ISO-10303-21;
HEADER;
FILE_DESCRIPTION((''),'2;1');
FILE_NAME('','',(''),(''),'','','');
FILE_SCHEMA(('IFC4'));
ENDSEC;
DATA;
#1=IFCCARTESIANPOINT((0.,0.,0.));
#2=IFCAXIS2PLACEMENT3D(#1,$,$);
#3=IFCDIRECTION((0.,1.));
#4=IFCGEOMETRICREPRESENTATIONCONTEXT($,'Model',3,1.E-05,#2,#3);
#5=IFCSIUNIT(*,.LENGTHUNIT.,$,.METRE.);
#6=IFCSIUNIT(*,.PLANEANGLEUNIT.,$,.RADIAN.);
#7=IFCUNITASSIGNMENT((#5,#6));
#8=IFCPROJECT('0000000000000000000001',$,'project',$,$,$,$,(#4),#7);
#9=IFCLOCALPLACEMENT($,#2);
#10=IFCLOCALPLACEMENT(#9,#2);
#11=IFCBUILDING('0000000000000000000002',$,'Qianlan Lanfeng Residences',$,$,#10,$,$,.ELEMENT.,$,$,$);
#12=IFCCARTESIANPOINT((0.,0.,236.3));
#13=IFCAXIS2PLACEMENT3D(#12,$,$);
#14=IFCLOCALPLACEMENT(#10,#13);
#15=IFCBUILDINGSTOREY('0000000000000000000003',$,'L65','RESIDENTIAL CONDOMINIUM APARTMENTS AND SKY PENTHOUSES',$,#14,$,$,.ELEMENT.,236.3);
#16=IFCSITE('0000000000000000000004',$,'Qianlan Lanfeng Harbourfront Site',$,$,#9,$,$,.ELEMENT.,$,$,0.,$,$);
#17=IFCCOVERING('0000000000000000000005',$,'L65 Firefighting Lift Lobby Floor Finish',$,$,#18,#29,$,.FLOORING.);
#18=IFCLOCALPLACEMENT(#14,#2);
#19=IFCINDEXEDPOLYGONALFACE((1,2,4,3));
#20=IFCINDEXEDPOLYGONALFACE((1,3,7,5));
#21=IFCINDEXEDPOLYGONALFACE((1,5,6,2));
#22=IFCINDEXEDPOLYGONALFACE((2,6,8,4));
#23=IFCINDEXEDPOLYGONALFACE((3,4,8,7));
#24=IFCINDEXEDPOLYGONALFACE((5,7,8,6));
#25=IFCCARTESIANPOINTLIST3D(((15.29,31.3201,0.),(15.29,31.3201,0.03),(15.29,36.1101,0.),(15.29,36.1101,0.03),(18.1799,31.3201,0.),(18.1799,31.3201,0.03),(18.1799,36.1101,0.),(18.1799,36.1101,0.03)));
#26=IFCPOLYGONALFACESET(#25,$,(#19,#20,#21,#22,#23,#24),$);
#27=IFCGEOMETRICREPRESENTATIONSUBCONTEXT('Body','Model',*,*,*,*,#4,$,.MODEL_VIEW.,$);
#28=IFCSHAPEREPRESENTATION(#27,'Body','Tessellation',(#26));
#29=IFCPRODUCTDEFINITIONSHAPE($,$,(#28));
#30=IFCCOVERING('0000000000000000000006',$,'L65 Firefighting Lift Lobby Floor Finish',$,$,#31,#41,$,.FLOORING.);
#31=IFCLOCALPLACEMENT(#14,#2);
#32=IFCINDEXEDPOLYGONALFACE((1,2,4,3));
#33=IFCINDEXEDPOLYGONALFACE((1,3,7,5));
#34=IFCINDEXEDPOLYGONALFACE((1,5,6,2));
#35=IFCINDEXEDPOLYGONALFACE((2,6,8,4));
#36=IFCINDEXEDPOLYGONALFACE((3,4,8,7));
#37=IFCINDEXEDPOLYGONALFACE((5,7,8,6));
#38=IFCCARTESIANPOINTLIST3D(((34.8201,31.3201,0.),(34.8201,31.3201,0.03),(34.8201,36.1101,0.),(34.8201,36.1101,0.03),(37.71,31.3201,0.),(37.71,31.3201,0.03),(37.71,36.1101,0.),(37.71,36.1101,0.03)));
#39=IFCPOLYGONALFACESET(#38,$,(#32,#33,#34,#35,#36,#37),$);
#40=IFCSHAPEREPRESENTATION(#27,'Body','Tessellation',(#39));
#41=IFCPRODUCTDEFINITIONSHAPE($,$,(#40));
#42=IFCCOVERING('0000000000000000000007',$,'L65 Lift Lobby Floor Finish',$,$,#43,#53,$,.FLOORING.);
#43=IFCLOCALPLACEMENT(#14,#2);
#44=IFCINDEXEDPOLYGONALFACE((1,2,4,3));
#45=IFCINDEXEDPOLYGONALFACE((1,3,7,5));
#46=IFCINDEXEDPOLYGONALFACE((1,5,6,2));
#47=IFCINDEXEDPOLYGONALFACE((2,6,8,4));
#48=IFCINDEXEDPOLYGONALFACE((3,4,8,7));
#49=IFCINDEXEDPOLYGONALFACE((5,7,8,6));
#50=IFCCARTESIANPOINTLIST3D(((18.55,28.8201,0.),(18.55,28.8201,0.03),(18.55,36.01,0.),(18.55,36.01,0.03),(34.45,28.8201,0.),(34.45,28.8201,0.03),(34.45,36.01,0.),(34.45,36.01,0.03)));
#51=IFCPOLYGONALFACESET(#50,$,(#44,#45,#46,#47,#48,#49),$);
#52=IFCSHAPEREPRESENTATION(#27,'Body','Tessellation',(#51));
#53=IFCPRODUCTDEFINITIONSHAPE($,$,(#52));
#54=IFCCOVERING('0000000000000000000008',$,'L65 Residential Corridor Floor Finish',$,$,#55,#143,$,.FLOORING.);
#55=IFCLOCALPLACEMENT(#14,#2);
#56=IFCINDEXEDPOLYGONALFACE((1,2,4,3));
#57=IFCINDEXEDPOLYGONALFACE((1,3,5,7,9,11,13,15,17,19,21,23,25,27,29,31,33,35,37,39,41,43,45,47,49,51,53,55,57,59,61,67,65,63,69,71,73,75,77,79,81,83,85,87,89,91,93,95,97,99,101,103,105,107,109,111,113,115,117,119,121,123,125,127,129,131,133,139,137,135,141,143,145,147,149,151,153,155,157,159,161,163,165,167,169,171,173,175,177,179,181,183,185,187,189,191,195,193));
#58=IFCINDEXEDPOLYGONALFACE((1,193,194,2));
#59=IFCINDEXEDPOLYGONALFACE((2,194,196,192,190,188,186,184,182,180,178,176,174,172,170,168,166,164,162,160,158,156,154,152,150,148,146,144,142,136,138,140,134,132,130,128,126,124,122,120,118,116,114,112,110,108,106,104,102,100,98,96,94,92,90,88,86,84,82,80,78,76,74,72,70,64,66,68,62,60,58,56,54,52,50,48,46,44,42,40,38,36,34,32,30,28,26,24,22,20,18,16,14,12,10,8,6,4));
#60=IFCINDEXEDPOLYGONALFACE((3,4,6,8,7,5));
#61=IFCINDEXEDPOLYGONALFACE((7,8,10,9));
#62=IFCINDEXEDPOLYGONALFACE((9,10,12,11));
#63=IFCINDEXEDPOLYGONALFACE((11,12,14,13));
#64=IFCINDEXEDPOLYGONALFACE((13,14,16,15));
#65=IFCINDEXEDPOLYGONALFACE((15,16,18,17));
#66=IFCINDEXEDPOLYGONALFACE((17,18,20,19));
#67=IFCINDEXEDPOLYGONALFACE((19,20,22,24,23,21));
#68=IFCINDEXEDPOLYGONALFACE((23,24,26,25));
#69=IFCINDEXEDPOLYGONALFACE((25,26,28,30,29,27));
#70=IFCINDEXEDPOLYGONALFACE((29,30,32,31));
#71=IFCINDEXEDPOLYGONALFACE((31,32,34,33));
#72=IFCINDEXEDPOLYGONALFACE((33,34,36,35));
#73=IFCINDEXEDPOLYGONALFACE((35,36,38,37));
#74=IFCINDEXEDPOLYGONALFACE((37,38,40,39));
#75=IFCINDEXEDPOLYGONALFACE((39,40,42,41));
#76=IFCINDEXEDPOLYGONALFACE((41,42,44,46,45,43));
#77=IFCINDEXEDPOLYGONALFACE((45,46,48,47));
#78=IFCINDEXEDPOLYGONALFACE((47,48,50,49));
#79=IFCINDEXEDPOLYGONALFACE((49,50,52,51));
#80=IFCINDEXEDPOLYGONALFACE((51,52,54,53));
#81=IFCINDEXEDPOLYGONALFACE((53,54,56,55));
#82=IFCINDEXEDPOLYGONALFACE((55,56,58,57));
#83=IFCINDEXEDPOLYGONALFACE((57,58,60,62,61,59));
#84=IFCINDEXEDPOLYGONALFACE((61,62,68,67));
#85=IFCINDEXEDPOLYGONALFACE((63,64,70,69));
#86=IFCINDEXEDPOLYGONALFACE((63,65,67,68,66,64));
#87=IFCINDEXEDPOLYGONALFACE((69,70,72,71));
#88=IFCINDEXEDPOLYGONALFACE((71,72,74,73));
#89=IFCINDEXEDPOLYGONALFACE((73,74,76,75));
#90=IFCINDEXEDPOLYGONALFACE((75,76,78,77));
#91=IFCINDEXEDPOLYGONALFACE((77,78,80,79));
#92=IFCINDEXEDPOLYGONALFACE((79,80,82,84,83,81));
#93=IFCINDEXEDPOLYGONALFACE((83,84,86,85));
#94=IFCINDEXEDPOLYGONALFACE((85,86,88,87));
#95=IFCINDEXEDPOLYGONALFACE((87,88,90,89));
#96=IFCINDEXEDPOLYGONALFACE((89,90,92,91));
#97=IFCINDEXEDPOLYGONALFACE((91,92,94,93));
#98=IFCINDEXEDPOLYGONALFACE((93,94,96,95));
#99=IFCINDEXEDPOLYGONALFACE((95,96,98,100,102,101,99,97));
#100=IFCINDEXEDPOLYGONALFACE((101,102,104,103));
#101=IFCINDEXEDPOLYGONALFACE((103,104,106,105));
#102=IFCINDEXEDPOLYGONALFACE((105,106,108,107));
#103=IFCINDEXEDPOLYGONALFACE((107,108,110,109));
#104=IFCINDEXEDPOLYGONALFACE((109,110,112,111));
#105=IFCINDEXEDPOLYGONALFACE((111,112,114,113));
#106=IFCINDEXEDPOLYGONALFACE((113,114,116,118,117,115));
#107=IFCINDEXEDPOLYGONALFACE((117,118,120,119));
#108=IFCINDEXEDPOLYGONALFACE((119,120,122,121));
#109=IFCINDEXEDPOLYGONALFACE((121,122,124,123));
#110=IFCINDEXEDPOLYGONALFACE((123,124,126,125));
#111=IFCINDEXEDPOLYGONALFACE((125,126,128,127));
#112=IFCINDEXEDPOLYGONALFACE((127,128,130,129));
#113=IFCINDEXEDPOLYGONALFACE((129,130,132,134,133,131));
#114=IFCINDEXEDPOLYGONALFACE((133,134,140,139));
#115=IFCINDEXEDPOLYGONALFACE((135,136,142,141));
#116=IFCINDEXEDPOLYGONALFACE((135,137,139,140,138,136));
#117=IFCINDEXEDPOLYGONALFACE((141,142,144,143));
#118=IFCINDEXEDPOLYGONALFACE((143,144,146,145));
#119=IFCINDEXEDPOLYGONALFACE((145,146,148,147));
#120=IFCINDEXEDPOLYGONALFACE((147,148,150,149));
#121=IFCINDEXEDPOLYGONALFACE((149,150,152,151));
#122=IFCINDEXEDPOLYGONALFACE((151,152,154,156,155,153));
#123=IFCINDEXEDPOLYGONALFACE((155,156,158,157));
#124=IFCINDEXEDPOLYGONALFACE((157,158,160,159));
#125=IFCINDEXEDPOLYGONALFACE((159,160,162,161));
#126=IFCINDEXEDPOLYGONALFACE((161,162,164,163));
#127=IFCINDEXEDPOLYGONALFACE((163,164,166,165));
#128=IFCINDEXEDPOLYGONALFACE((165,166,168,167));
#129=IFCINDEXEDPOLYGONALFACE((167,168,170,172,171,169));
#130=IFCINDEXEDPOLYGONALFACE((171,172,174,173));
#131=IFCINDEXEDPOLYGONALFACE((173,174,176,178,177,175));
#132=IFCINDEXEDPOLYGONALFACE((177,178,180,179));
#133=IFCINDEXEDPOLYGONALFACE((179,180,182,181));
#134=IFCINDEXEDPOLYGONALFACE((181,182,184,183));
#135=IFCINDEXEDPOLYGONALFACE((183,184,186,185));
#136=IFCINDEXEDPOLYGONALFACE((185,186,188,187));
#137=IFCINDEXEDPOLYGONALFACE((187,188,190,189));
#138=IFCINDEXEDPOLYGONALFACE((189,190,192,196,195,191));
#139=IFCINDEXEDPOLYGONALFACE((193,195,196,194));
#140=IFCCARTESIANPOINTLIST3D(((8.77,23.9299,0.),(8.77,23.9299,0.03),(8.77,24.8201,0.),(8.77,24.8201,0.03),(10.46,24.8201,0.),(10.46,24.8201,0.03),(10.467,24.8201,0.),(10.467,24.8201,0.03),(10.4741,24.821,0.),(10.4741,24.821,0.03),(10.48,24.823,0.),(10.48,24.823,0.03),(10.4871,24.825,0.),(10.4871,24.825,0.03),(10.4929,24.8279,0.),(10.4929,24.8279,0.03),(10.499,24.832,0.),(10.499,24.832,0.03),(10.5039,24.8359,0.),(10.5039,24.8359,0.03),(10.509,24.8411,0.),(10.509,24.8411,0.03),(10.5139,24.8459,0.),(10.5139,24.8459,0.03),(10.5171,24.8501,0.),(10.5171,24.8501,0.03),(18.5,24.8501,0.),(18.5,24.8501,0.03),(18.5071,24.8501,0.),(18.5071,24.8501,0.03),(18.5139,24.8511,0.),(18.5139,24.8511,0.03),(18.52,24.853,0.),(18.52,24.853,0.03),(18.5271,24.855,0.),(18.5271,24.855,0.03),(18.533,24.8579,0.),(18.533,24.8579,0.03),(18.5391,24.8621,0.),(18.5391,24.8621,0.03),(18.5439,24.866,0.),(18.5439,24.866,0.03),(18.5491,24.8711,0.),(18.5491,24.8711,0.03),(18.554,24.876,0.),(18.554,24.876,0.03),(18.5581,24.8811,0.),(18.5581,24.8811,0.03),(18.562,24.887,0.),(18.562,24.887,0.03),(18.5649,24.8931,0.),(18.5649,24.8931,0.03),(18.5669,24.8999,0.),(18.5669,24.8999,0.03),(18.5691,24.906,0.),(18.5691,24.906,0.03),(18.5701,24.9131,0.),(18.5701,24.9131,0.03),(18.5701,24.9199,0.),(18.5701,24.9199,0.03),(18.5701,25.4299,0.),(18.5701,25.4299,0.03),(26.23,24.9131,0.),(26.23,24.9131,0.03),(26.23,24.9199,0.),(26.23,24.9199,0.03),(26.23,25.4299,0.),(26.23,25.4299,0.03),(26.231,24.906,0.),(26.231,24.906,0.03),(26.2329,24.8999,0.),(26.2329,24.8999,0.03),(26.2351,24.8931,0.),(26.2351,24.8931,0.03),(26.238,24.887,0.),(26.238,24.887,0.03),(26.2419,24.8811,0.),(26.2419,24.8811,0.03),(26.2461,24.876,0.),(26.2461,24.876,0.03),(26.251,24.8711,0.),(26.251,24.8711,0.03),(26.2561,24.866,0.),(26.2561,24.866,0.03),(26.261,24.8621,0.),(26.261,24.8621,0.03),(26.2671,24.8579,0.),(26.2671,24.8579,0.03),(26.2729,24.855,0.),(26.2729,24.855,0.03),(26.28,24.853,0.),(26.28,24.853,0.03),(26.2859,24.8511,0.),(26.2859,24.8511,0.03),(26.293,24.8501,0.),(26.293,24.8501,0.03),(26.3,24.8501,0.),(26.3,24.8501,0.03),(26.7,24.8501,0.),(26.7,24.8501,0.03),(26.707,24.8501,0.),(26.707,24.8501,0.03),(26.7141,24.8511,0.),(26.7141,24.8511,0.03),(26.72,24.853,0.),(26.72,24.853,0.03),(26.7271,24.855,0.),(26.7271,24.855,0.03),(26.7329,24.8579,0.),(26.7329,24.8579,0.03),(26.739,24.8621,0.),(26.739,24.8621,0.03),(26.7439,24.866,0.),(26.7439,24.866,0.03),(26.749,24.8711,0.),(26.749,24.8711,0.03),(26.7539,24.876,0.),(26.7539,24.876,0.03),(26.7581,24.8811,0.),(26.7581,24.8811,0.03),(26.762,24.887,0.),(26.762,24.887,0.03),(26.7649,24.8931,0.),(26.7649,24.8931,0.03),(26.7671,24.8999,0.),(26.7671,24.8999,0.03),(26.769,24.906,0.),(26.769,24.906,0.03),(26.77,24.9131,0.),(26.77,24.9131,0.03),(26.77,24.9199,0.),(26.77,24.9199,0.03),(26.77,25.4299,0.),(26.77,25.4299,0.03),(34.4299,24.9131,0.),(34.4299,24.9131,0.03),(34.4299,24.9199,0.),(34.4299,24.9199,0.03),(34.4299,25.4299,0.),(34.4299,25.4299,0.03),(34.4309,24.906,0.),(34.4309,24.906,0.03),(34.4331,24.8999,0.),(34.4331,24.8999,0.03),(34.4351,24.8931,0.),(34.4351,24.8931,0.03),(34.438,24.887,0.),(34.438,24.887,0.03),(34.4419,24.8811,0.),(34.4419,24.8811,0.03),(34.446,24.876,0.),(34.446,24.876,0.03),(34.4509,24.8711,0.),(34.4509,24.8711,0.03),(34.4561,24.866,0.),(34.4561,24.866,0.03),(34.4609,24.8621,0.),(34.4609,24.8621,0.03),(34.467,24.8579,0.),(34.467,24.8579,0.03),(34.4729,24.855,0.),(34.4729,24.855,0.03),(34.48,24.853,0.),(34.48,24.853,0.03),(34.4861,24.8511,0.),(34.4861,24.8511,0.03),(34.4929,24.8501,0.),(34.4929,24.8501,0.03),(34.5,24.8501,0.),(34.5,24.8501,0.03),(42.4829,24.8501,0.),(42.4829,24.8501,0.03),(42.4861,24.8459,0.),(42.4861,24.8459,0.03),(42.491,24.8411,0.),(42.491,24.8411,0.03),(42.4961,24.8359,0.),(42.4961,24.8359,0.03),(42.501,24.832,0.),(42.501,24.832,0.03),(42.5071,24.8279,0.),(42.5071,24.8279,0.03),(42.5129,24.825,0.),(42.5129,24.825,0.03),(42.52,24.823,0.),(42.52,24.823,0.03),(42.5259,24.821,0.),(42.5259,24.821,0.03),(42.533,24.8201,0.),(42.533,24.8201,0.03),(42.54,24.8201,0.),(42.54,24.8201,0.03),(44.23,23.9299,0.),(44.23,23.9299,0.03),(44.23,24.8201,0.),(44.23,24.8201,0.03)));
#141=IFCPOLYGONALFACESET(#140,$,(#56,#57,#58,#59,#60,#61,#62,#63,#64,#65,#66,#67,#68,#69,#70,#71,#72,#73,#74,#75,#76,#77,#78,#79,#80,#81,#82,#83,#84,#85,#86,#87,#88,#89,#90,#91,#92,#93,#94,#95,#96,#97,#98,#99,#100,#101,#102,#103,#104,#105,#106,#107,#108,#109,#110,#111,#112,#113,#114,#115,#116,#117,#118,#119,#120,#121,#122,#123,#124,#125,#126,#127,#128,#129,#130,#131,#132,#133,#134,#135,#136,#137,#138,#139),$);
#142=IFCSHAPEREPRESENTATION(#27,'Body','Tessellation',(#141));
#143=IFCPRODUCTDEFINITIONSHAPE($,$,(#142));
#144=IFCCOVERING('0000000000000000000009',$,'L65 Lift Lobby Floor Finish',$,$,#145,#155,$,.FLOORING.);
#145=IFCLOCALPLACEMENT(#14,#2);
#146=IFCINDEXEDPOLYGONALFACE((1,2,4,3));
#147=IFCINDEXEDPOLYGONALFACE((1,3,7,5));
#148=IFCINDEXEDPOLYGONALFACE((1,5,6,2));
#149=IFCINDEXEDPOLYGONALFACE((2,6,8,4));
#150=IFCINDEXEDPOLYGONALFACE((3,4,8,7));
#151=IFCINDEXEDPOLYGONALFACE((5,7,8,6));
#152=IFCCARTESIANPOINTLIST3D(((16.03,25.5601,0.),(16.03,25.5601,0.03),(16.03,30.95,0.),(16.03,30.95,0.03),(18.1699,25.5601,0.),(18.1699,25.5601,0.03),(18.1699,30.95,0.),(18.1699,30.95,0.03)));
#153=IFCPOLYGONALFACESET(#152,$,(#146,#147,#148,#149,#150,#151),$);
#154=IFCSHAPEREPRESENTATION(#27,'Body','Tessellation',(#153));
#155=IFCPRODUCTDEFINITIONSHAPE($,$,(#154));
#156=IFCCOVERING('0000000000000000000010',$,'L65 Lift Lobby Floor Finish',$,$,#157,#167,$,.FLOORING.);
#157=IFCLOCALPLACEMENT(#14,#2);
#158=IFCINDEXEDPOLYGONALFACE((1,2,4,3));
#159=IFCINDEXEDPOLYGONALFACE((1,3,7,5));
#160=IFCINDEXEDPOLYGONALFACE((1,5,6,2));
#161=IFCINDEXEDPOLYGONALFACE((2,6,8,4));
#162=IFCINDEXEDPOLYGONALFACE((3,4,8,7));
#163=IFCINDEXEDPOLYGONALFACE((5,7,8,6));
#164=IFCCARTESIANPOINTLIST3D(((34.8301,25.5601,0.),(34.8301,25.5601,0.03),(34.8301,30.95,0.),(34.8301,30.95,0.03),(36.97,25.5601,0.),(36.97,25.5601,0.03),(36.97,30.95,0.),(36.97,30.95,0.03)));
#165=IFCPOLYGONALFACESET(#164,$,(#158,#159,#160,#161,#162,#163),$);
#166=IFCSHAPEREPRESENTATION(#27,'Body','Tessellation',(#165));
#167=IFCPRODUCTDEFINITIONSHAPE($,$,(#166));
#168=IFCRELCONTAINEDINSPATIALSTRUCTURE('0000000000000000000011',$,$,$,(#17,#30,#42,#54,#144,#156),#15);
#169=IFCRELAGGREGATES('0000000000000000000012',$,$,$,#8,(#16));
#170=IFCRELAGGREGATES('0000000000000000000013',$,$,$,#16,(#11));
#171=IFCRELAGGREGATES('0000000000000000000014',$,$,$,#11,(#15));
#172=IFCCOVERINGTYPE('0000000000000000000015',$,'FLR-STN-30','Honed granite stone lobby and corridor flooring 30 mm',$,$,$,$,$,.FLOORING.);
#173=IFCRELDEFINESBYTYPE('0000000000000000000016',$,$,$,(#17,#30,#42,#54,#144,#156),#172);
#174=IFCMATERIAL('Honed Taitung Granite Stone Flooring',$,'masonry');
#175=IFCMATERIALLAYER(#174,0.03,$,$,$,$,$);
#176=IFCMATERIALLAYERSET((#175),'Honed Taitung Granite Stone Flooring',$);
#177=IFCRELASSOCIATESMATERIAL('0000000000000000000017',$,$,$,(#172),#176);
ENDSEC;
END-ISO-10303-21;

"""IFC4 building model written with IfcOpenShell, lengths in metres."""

from ifc_helpers import new_model, si_unit, direction, frame, origin, place, context, subcontext, project, spatial, polyline, outline, extrude, material, layer, layer_set, type_object, element, save


model = new_model("IFC4")

# Units and contexts
model_context = context("Model", 3, precision=1e-05, world=origin(), true_north=direction((0.0, 1.0)))
body_context = subcontext(model_context, "Body", "Model", "MODEL_VIEW")
ifc_project = project(units=[si_unit("LENGTHUNIT", "METRE"), si_unit("PLANEANGLEUNIT", "RADIAN")], contexts=[model_context])

# Site, building, storey
site_placement = place(None, origin())
site = spatial("IfcSite", under=ifc_project, at=site_placement, Name="Qianlan Lanfeng Harbourfront Site", CompositionType="ELEMENT", RefElevation=0.0)
building_placement = place(site_placement, origin())
building = spatial("IfcBuilding", under=site, at=building_placement, Name="Qianlan Lanfeng Residences", CompositionType="ELEMENT")
storey_placement = place(building_placement, frame((0.0, 0.0, 236.3)))
storey = spatial("IfcBuildingStorey", under=building, at=storey_placement, Name="L65", Description="RESIDENTIAL CONDOMINIUM APARTMENTS AND SKY PENTHOUSES", CompositionType="ELEMENT", Elevation=236.3)

# Coverings
ifc_material_1 = material(Name="Honed Taitung Granite Stone Flooring", Category="masonry")
ifc_layer_1 = layer(ifc_material_1, 0.03)
ifc_layer_set_1 = layer_set([ifc_layer_1], Name="Honed Taitung Granite Stone Flooring")
covering_type_1 = type_object("IfcCoveringType", Name="FLR-STN-30", Description="Honed granite stone lobby and corridor flooring 30 mm", PredefinedType="FLOORING", material=ifc_layer_set_1)
covering_1_placement = place(storey_placement, origin())
element("IfcCovering", 1, at=covering_1_placement, inside=storey, type_object=covering_type_1, Name="L65 Firefighting Lift Lobby Floor Finish", PredefinedType="FLOORING", context=body_context, shape_type="SweptSolid", body=[
    extrude(outline(polyline([(15.29, 31.3201), (18.1799, 31.3201), (18.1799, 36.1101), (15.29, 36.1101), (15.29, 31.3201)])), origin(), (0.0, 0.0, 1.0), 0.03),
])
covering_2_placement = place(storey_placement, origin())
element("IfcCovering", 2, at=covering_2_placement, inside=storey, type_object=covering_type_1, Name="L65 Firefighting Lift Lobby Floor Finish", PredefinedType="FLOORING", context=body_context, shape_type="SweptSolid", body=[
    extrude(outline(polyline([(34.8201, 31.3201), (37.71, 31.3201), (37.71, 36.1101), (34.8201, 36.1101), (34.8201, 31.3201)])), origin(), (0.0, 0.0, 1.0), 0.03),
])
covering_3_placement = place(storey_placement, origin())
element("IfcCovering", 3, at=covering_3_placement, inside=storey, type_object=covering_type_1, Name="L65 Lift Lobby Floor Finish", PredefinedType="FLOORING", context=body_context, shape_type="SweptSolid", body=[
    extrude(outline(polyline([(18.55, 28.8201), (34.45, 28.8201), (34.45, 36.01), (18.55, 36.01), (18.55, 28.8201)])), origin(), (0.0, 0.0, 1.0), 0.03),
])
covering_4_placement = place(storey_placement, origin())
element("IfcCovering", 4, at=covering_4_placement, inside=storey, type_object=covering_type_1, Name="L65 Residential Corridor Floor Finish", PredefinedType="FLOORING", context=body_context, shape_type="SweptSolid", body=[
    extrude(outline(polyline([(8.77, 23.9299), (44.23, 23.9299), (44.23, 24.8201), (42.54, 24.8201), (42.533, 24.8201), (42.5259, 24.821), (42.52, 24.823), (42.5129, 24.825), (42.5071, 24.8279), (42.501, 24.832), (42.4961, 24.8359), (42.491, 24.8411), (42.4861, 24.8459), (42.4829, 24.8501), (34.5, 24.8501), (34.4929, 24.8501), (34.4861, 24.8511), (34.48, 24.853), (34.4729, 24.855), (34.467, 24.8579), (34.4609, 24.8621), (34.4561, 24.866), (34.4509, 24.8711), (34.446, 24.876), (34.4419, 24.8811), (34.438, 24.887), (34.4351, 24.8931), (34.4331, 24.8999), (34.4309, 24.906), (34.4299, 24.9131), (34.4299, 24.9199), (34.4299, 25.4299), (26.77, 25.4299), (26.77, 24.9199), (26.77, 24.9131), (26.769, 24.906), (26.7671, 24.8999), (26.7649, 24.8931), (26.762, 24.887), (26.7581, 24.8811), (26.7539, 24.876), (26.749, 24.8711), (26.7439, 24.866), (26.739, 24.8621), (26.7329, 24.8579), (26.7271, 24.855), (26.72, 24.853), (26.7141, 24.8511), (26.707, 24.8501), (26.7, 24.8501), (26.3, 24.8501), (26.293, 24.8501), (26.2859, 24.8511), (26.28, 24.853), (26.2729, 24.855), (26.2671, 24.8579), (26.261, 24.8621), (26.2561, 24.866), (26.251, 24.8711), (26.2461, 24.876), (26.2419, 24.8811), (26.238, 24.887), (26.2351, 24.8931), (26.2329, 24.8999), (26.231, 24.906), (26.23, 24.9131), (26.23, 24.9199), (26.23, 25.4299), (18.5701, 25.4299), (18.5701, 24.9199), (18.5701, 24.9131), (18.5691, 24.906), (18.5669, 24.8999), (18.5649, 24.8931), (18.562, 24.887), (18.5581, 24.8811), (18.554, 24.876), (18.5491, 24.8711), (18.5439, 24.866), (18.5391, 24.8621), (18.533, 24.8579), (18.5271, 24.855), (18.52, 24.853), (18.5139, 24.8511), (18.5071, 24.8501), (18.5, 24.8501), (10.5171, 24.8501), (10.5139, 24.8459), (10.509, 24.8411), (10.5039, 24.8359), (10.499, 24.832), (10.4929, 24.8279), (10.4871, 24.825), (10.48, 24.823), (10.4741, 24.821), (10.467, 24.8201), (10.46, 24.8201), (8.77, 24.8201), (8.77, 23.9299)])), origin(), (0.0, 0.0, 1.0), 0.03),
])
covering_5_placement = place(storey_placement, origin())
element("IfcCovering", 5, at=covering_5_placement, inside=storey, type_object=covering_type_1, Name="L65 Lift Lobby Floor Finish", PredefinedType="FLOORING", context=body_context, shape_type="SweptSolid", body=[
    extrude(outline(polyline([(16.03, 25.5601), (18.1699, 25.5601), (18.1699, 30.95), (16.03, 30.95), (16.03, 25.5601)])), origin(), (0.0, 0.0, 1.0), 0.03),
])
covering_6_placement = place(storey_placement, origin())
element("IfcCovering", 6, at=covering_6_placement, inside=storey, type_object=covering_type_1, Name="L65 Lift Lobby Floor Finish", PredefinedType="FLOORING", context=body_context, shape_type="SweptSolid", body=[
    extrude(outline(polyline([(34.8301, 25.5601), (36.97, 25.5601), (36.97, 30.95), (34.8301, 30.95), (34.8301, 25.5601)])), origin(), (0.0, 0.0, 1.0), 0.03),
])

save(model, "model.ifc")
